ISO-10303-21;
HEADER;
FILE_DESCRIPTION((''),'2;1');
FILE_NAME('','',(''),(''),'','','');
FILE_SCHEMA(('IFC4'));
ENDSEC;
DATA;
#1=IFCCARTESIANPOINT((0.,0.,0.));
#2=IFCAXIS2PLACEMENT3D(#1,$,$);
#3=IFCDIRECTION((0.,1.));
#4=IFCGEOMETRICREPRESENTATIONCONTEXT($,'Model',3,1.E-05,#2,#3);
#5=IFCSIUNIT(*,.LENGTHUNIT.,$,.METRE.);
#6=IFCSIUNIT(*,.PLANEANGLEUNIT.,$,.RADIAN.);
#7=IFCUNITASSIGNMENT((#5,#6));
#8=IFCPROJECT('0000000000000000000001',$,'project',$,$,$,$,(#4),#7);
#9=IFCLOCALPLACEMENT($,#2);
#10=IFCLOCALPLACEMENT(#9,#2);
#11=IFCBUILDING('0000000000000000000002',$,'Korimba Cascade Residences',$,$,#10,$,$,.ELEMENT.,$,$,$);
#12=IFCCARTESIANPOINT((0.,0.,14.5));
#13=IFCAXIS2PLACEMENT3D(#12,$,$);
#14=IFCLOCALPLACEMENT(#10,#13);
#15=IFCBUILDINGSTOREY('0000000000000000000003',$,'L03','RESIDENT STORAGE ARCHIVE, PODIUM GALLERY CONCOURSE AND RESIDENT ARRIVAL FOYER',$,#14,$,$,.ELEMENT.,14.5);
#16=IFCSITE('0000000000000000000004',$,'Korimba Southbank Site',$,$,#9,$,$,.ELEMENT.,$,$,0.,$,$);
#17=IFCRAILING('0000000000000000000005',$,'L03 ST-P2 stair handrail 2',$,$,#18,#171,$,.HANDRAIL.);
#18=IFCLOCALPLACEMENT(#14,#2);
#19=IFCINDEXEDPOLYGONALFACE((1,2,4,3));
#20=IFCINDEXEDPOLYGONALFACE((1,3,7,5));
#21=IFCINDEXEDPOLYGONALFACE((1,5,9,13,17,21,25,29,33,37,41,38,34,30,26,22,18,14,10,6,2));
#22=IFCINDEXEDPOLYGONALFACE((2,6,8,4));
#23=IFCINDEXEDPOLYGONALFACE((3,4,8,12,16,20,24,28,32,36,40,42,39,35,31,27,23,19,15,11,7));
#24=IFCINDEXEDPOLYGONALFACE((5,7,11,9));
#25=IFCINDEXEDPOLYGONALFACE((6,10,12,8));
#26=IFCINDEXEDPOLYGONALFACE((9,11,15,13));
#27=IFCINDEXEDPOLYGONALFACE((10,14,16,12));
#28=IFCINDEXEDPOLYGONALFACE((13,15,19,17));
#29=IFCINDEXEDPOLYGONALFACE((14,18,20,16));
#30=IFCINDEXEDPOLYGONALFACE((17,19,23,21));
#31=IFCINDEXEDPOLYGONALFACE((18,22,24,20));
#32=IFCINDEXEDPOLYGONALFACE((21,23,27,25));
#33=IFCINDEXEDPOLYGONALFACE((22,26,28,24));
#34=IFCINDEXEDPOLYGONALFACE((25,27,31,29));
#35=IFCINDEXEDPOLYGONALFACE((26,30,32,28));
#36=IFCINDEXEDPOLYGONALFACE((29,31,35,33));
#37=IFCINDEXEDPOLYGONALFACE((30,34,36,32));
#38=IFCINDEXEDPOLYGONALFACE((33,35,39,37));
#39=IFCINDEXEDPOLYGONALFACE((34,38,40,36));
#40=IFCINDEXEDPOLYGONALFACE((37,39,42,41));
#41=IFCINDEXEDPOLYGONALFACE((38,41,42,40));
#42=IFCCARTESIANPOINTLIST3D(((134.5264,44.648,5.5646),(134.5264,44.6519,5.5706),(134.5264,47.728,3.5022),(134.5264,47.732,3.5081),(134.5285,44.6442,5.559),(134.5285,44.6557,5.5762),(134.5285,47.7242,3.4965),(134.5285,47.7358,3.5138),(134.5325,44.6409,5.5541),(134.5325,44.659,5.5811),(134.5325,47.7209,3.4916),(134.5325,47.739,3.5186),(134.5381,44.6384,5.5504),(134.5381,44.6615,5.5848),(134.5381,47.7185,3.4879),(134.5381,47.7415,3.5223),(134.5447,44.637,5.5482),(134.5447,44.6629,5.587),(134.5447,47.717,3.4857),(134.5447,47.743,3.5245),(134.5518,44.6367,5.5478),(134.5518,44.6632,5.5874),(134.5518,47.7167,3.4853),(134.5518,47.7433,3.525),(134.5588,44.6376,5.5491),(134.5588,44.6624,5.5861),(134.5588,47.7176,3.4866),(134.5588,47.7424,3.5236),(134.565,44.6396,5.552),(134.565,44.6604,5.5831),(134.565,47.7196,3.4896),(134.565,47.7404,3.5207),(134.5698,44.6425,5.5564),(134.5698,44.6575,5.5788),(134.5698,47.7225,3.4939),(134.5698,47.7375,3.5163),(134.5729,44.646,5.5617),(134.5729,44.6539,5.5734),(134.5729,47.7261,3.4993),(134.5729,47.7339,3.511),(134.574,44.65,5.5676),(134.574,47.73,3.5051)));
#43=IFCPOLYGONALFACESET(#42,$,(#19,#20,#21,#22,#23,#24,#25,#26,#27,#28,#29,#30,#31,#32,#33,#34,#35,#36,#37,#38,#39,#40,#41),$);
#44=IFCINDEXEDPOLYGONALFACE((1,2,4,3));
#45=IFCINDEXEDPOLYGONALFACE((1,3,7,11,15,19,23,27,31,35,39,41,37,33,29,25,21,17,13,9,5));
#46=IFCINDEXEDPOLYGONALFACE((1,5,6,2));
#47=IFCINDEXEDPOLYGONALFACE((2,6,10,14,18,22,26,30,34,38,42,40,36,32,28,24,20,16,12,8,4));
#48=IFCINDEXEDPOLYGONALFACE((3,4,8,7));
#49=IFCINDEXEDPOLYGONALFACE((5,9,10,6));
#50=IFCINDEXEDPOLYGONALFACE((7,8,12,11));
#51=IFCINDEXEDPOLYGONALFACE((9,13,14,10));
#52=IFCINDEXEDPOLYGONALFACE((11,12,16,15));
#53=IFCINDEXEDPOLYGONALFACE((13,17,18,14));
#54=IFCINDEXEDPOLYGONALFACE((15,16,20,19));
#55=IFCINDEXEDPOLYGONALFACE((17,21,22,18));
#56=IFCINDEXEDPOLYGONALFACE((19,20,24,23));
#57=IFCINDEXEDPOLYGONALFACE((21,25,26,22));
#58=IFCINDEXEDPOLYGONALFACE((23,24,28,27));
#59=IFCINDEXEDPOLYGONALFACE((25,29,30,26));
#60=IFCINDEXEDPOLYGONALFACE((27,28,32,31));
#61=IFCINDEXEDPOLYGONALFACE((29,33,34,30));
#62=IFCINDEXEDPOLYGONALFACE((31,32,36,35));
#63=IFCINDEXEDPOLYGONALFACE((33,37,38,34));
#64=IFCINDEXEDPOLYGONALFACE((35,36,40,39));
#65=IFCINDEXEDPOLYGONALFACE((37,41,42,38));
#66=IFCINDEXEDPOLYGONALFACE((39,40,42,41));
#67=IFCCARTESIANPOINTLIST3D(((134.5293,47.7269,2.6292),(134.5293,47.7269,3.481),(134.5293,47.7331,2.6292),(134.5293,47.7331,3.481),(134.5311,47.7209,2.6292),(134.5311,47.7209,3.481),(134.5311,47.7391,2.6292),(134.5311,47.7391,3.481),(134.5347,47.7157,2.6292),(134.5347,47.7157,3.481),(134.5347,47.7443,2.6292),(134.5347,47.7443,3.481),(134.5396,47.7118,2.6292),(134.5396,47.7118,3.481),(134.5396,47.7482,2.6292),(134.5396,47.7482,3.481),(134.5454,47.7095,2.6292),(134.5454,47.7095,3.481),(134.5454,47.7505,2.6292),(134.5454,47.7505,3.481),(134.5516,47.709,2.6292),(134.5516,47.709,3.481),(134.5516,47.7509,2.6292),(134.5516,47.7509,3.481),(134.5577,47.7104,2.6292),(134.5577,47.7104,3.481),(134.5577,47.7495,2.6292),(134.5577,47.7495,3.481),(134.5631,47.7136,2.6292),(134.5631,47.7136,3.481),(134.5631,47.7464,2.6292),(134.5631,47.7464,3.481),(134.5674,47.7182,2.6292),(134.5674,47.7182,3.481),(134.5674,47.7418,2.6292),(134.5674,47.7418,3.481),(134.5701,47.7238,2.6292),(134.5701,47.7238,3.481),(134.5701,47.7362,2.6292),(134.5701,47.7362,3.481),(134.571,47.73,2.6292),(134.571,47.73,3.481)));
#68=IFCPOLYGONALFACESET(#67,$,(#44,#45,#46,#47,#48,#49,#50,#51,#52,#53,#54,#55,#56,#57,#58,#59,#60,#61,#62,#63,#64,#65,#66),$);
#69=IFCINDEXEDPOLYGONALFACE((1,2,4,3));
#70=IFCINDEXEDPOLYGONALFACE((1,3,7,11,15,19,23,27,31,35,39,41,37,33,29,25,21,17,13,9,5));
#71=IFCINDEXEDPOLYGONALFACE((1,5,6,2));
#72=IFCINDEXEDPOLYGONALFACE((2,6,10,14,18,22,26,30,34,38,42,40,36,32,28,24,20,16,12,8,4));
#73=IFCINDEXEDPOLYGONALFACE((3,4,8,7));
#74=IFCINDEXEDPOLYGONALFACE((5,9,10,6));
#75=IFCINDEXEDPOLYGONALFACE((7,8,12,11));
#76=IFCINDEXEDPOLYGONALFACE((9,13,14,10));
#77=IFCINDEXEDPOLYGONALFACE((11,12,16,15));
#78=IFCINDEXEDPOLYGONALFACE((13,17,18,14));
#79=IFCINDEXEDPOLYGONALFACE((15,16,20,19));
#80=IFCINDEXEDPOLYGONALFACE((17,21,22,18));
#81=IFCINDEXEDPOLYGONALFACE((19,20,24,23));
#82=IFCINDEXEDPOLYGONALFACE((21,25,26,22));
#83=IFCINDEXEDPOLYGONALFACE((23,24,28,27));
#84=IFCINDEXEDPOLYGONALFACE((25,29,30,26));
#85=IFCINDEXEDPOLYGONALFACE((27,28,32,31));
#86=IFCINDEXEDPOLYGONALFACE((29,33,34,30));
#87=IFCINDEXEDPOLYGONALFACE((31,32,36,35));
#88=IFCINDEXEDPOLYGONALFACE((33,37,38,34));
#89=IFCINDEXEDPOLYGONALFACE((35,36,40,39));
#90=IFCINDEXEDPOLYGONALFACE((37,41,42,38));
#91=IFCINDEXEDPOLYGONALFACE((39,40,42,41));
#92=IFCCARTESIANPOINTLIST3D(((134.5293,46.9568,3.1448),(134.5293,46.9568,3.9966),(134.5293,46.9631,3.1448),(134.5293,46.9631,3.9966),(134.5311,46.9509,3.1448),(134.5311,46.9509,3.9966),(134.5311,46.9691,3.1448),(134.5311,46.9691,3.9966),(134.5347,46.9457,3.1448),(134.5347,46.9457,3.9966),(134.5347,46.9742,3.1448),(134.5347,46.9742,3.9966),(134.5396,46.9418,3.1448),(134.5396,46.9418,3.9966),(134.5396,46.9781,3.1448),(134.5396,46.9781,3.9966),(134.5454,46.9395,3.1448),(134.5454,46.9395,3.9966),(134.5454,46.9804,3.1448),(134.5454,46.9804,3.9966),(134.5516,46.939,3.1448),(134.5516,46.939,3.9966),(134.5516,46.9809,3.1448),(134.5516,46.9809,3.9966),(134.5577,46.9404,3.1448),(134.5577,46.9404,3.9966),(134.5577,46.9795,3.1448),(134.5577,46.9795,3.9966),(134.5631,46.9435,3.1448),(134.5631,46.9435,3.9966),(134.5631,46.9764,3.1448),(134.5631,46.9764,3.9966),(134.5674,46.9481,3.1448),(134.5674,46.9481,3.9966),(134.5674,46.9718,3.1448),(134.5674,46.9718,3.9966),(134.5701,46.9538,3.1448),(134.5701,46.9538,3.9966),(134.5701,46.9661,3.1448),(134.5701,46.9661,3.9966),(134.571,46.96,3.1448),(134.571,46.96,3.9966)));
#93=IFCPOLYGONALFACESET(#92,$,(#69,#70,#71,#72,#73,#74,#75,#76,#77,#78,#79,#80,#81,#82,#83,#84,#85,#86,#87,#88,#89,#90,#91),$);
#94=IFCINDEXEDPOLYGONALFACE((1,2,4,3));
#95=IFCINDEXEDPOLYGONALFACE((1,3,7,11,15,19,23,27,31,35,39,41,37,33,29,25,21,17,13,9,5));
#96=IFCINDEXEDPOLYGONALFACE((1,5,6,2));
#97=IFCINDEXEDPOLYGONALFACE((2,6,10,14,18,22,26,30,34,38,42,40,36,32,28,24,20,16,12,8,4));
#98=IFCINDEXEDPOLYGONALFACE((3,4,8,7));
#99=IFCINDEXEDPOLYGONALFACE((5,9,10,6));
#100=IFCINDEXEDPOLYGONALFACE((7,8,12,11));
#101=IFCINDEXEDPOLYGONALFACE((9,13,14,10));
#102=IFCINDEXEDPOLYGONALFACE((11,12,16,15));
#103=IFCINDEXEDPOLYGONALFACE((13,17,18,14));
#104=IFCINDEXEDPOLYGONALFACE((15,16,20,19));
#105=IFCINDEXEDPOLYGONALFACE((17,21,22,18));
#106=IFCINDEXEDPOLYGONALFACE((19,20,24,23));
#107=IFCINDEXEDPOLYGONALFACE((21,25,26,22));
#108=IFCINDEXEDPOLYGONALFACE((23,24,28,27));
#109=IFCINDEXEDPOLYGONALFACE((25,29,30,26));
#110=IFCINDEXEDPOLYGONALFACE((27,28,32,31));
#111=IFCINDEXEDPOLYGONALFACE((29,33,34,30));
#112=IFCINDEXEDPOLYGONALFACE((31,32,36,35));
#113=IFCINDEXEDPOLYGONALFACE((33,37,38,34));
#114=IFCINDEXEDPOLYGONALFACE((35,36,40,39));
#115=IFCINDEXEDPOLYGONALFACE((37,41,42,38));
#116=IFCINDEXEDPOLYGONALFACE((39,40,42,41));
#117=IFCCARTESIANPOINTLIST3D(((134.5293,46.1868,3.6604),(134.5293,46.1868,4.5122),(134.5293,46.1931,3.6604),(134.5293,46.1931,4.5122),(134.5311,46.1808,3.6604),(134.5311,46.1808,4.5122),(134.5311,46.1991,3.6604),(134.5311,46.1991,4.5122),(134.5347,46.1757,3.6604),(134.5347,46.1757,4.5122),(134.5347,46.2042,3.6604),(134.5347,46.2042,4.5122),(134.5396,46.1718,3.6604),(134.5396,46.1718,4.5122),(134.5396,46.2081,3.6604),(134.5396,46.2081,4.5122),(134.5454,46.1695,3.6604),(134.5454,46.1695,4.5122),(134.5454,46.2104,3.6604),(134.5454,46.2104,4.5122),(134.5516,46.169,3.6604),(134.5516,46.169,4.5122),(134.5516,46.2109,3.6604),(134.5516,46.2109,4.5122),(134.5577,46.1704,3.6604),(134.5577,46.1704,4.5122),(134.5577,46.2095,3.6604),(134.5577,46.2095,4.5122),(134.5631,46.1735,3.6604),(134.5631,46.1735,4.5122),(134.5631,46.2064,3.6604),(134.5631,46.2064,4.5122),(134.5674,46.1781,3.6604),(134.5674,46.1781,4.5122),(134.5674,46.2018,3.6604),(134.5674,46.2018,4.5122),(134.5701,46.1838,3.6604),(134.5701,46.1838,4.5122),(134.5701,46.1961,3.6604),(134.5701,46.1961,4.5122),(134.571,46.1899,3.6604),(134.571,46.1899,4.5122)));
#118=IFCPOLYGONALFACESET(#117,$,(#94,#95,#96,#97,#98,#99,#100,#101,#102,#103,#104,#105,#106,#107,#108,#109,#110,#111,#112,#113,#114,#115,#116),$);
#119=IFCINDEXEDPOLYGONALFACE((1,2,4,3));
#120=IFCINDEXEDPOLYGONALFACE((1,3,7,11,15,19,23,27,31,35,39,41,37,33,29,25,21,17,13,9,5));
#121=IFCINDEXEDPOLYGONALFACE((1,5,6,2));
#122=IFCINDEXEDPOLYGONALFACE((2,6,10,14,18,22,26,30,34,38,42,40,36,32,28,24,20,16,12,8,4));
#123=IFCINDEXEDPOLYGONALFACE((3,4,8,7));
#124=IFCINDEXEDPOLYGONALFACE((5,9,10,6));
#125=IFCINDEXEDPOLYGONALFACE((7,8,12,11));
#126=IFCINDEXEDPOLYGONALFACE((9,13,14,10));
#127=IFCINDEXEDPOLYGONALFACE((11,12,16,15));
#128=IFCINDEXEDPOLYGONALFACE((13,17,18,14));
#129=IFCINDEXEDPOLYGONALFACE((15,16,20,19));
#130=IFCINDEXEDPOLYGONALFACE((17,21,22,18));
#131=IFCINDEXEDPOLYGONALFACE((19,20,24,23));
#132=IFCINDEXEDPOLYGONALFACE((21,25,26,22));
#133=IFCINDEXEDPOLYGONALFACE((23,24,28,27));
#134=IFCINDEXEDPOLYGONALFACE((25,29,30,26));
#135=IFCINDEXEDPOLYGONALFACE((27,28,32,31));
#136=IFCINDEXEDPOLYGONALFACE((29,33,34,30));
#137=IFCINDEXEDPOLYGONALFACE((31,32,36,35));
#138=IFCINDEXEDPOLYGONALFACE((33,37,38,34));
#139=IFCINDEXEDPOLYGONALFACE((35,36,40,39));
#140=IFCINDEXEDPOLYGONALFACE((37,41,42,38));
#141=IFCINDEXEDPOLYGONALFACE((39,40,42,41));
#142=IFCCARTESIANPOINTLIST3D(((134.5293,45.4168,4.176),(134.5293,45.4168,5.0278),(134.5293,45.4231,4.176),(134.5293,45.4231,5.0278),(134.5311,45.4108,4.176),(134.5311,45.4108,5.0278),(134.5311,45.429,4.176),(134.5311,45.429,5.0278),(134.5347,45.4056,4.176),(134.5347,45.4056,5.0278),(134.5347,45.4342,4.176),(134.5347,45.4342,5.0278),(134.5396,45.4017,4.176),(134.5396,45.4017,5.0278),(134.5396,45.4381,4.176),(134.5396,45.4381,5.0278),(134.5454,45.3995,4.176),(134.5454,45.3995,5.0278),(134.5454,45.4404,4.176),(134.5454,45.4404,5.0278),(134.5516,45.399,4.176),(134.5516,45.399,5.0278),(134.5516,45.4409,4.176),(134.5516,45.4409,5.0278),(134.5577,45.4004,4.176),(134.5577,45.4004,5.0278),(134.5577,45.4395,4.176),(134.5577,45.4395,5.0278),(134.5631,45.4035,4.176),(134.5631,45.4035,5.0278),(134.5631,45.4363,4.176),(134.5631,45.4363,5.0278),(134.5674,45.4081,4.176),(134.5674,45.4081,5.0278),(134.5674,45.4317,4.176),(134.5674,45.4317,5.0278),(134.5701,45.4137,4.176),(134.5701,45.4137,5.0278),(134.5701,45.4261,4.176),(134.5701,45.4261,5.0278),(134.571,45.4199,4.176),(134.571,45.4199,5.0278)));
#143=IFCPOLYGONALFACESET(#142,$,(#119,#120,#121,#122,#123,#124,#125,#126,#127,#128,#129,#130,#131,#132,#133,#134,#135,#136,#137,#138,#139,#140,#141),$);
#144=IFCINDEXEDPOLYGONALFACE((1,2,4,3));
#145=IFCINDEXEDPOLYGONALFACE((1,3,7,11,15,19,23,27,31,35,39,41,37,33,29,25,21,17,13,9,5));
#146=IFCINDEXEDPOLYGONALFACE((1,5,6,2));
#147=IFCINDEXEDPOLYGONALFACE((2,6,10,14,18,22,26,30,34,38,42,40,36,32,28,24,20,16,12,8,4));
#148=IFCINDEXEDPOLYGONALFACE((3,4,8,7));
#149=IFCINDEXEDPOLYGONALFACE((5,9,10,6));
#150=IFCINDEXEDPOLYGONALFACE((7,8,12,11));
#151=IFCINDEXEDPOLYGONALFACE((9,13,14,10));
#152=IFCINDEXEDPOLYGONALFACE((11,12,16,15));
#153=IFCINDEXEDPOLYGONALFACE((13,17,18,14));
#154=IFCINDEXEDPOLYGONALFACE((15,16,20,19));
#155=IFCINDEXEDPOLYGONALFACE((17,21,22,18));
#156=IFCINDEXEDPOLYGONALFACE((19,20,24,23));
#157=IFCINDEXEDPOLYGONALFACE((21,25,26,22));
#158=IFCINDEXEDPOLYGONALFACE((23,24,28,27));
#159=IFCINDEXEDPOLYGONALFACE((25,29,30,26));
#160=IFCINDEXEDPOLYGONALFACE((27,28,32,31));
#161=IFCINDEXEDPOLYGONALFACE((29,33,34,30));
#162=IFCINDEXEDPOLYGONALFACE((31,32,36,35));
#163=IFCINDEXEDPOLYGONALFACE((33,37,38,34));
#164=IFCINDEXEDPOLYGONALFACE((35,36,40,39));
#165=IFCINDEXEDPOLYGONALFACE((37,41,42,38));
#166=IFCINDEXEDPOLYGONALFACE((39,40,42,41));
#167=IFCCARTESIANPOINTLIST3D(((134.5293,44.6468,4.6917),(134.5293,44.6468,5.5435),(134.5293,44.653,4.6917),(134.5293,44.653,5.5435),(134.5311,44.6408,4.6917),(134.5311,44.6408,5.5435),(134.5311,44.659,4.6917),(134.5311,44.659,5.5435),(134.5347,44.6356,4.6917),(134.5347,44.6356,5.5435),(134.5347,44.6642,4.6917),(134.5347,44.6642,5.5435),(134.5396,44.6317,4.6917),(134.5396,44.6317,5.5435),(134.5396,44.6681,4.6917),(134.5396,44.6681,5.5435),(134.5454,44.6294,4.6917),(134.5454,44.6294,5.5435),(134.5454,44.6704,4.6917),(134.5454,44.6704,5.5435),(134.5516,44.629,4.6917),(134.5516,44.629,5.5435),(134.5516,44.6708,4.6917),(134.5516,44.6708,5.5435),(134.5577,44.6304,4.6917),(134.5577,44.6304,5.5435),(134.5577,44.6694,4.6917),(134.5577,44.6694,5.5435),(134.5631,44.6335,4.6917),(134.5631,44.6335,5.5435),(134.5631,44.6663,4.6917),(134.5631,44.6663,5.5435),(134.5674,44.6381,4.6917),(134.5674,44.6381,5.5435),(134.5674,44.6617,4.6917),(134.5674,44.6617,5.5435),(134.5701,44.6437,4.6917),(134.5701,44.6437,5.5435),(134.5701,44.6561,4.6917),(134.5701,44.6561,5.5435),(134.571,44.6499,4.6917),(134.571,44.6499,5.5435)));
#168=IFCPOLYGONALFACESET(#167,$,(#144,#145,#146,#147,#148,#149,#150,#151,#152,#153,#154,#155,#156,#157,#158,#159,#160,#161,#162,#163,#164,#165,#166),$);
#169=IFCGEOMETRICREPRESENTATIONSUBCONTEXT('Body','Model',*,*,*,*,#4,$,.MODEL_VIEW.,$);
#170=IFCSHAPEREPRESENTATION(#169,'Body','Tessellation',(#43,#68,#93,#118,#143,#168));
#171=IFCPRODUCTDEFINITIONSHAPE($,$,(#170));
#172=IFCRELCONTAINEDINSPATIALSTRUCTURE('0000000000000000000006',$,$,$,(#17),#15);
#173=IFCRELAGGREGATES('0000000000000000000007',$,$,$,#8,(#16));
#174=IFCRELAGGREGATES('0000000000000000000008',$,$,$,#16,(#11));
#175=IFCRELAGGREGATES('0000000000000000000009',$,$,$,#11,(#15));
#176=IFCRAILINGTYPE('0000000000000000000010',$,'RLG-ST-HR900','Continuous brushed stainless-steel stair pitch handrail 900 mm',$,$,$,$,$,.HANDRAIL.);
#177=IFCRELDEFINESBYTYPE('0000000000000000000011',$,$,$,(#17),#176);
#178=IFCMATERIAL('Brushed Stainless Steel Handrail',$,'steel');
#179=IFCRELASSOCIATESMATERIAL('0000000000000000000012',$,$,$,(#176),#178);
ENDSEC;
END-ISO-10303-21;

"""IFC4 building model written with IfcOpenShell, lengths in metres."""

from ifc_helpers import new_model, si_unit, direction, frame, origin, origin_2d, place, context, subcontext, project, spatial, circle, extrude, material, type_object, element, save


model = new_model("IFC4")

# Units and contexts
model_context = context("Model", 3, precision=1e-05, world=origin(), true_north=direction((0.0, 1.0)))
body_context = subcontext(model_context, "Body", "Model", "MODEL_VIEW")
ifc_project = project(units=[si_unit("LENGTHUNIT", "METRE"), si_unit("PLANEANGLEUNIT", "RADIAN")], contexts=[model_context])

# Site, building, storey
site_placement = place(None, origin())
site = spatial("IfcSite", under=ifc_project, at=site_placement, Name="Korimba Southbank Site", CompositionType="ELEMENT", RefElevation=0.0)
building_placement = place(site_placement, origin())
building = spatial("IfcBuilding", under=site, at=building_placement, Name="Korimba Cascade Residences", CompositionType="ELEMENT")
storey_placement = place(building_placement, frame((0.0, 0.0, 14.5)))
storey = spatial("IfcBuildingStorey", under=building, at=storey_placement, Name="L03", Description="RESIDENT STORAGE ARCHIVE, PODIUM GALLERY CONCOURSE AND RESIDENT ARRIVAL FOYER", CompositionType="ELEMENT", Elevation=14.5)

# Railing
ifc_material_1 = material(Name="Brushed Stainless Steel Handrail", Category="steel")
railing_type_1 = type_object("IfcRailingType", Name="RLG-ST-HR900", Description="Continuous brushed stainless-steel stair pitch handrail 900 mm", PredefinedType="HANDRAIL", material=ifc_material_1)
railing_1_placement = place(storey_placement, frame((134.55, 47.73, 2.6292)))
element("IfcRailing", 1, at=railing_1_placement, inside=storey, type_object=railing_type_1, Name="L03 ST-P2 stair handrail 2", PredefinedType="HANDRAIL", context=body_context, shape_type="SweptSolid", body=[
    extrude(circle(Radius=0.0239, at=origin_2d()), frame((0.0, 0.0, 0.876), z_axis=(0.0, -0.830914, 0.556401), x_axis=(1.0, 0.0, 0.0)), (0.0, 0.0, 1.0), 3.7068),
    extrude(circle(Radius=0.021, at=origin_2d()), origin(), (0.0, 0.0, 1.0), 0.8518),
    extrude(circle(Radius=0.021, at=origin_2d()), frame((0.0, -0.77, 0.5156)), (0.0, 0.0, 1.0), 0.8518),
    extrude(circle(Radius=0.021, at=origin_2d()), frame((0.0, -1.54, 1.0312)), (0.0, 0.0, 1.0), 0.8518),
    extrude(circle(Radius=0.021, at=origin_2d()), frame((0.0, -2.3101, 1.5469)), (0.0, 0.0, 1.0), 0.8518),
    extrude(circle(Radius=0.021, at=origin_2d()), frame((0.0, -3.0801, 2.0625)), (0.0, 0.0, 1.0), 0.8518),
])

save(model, "model.ifc")
